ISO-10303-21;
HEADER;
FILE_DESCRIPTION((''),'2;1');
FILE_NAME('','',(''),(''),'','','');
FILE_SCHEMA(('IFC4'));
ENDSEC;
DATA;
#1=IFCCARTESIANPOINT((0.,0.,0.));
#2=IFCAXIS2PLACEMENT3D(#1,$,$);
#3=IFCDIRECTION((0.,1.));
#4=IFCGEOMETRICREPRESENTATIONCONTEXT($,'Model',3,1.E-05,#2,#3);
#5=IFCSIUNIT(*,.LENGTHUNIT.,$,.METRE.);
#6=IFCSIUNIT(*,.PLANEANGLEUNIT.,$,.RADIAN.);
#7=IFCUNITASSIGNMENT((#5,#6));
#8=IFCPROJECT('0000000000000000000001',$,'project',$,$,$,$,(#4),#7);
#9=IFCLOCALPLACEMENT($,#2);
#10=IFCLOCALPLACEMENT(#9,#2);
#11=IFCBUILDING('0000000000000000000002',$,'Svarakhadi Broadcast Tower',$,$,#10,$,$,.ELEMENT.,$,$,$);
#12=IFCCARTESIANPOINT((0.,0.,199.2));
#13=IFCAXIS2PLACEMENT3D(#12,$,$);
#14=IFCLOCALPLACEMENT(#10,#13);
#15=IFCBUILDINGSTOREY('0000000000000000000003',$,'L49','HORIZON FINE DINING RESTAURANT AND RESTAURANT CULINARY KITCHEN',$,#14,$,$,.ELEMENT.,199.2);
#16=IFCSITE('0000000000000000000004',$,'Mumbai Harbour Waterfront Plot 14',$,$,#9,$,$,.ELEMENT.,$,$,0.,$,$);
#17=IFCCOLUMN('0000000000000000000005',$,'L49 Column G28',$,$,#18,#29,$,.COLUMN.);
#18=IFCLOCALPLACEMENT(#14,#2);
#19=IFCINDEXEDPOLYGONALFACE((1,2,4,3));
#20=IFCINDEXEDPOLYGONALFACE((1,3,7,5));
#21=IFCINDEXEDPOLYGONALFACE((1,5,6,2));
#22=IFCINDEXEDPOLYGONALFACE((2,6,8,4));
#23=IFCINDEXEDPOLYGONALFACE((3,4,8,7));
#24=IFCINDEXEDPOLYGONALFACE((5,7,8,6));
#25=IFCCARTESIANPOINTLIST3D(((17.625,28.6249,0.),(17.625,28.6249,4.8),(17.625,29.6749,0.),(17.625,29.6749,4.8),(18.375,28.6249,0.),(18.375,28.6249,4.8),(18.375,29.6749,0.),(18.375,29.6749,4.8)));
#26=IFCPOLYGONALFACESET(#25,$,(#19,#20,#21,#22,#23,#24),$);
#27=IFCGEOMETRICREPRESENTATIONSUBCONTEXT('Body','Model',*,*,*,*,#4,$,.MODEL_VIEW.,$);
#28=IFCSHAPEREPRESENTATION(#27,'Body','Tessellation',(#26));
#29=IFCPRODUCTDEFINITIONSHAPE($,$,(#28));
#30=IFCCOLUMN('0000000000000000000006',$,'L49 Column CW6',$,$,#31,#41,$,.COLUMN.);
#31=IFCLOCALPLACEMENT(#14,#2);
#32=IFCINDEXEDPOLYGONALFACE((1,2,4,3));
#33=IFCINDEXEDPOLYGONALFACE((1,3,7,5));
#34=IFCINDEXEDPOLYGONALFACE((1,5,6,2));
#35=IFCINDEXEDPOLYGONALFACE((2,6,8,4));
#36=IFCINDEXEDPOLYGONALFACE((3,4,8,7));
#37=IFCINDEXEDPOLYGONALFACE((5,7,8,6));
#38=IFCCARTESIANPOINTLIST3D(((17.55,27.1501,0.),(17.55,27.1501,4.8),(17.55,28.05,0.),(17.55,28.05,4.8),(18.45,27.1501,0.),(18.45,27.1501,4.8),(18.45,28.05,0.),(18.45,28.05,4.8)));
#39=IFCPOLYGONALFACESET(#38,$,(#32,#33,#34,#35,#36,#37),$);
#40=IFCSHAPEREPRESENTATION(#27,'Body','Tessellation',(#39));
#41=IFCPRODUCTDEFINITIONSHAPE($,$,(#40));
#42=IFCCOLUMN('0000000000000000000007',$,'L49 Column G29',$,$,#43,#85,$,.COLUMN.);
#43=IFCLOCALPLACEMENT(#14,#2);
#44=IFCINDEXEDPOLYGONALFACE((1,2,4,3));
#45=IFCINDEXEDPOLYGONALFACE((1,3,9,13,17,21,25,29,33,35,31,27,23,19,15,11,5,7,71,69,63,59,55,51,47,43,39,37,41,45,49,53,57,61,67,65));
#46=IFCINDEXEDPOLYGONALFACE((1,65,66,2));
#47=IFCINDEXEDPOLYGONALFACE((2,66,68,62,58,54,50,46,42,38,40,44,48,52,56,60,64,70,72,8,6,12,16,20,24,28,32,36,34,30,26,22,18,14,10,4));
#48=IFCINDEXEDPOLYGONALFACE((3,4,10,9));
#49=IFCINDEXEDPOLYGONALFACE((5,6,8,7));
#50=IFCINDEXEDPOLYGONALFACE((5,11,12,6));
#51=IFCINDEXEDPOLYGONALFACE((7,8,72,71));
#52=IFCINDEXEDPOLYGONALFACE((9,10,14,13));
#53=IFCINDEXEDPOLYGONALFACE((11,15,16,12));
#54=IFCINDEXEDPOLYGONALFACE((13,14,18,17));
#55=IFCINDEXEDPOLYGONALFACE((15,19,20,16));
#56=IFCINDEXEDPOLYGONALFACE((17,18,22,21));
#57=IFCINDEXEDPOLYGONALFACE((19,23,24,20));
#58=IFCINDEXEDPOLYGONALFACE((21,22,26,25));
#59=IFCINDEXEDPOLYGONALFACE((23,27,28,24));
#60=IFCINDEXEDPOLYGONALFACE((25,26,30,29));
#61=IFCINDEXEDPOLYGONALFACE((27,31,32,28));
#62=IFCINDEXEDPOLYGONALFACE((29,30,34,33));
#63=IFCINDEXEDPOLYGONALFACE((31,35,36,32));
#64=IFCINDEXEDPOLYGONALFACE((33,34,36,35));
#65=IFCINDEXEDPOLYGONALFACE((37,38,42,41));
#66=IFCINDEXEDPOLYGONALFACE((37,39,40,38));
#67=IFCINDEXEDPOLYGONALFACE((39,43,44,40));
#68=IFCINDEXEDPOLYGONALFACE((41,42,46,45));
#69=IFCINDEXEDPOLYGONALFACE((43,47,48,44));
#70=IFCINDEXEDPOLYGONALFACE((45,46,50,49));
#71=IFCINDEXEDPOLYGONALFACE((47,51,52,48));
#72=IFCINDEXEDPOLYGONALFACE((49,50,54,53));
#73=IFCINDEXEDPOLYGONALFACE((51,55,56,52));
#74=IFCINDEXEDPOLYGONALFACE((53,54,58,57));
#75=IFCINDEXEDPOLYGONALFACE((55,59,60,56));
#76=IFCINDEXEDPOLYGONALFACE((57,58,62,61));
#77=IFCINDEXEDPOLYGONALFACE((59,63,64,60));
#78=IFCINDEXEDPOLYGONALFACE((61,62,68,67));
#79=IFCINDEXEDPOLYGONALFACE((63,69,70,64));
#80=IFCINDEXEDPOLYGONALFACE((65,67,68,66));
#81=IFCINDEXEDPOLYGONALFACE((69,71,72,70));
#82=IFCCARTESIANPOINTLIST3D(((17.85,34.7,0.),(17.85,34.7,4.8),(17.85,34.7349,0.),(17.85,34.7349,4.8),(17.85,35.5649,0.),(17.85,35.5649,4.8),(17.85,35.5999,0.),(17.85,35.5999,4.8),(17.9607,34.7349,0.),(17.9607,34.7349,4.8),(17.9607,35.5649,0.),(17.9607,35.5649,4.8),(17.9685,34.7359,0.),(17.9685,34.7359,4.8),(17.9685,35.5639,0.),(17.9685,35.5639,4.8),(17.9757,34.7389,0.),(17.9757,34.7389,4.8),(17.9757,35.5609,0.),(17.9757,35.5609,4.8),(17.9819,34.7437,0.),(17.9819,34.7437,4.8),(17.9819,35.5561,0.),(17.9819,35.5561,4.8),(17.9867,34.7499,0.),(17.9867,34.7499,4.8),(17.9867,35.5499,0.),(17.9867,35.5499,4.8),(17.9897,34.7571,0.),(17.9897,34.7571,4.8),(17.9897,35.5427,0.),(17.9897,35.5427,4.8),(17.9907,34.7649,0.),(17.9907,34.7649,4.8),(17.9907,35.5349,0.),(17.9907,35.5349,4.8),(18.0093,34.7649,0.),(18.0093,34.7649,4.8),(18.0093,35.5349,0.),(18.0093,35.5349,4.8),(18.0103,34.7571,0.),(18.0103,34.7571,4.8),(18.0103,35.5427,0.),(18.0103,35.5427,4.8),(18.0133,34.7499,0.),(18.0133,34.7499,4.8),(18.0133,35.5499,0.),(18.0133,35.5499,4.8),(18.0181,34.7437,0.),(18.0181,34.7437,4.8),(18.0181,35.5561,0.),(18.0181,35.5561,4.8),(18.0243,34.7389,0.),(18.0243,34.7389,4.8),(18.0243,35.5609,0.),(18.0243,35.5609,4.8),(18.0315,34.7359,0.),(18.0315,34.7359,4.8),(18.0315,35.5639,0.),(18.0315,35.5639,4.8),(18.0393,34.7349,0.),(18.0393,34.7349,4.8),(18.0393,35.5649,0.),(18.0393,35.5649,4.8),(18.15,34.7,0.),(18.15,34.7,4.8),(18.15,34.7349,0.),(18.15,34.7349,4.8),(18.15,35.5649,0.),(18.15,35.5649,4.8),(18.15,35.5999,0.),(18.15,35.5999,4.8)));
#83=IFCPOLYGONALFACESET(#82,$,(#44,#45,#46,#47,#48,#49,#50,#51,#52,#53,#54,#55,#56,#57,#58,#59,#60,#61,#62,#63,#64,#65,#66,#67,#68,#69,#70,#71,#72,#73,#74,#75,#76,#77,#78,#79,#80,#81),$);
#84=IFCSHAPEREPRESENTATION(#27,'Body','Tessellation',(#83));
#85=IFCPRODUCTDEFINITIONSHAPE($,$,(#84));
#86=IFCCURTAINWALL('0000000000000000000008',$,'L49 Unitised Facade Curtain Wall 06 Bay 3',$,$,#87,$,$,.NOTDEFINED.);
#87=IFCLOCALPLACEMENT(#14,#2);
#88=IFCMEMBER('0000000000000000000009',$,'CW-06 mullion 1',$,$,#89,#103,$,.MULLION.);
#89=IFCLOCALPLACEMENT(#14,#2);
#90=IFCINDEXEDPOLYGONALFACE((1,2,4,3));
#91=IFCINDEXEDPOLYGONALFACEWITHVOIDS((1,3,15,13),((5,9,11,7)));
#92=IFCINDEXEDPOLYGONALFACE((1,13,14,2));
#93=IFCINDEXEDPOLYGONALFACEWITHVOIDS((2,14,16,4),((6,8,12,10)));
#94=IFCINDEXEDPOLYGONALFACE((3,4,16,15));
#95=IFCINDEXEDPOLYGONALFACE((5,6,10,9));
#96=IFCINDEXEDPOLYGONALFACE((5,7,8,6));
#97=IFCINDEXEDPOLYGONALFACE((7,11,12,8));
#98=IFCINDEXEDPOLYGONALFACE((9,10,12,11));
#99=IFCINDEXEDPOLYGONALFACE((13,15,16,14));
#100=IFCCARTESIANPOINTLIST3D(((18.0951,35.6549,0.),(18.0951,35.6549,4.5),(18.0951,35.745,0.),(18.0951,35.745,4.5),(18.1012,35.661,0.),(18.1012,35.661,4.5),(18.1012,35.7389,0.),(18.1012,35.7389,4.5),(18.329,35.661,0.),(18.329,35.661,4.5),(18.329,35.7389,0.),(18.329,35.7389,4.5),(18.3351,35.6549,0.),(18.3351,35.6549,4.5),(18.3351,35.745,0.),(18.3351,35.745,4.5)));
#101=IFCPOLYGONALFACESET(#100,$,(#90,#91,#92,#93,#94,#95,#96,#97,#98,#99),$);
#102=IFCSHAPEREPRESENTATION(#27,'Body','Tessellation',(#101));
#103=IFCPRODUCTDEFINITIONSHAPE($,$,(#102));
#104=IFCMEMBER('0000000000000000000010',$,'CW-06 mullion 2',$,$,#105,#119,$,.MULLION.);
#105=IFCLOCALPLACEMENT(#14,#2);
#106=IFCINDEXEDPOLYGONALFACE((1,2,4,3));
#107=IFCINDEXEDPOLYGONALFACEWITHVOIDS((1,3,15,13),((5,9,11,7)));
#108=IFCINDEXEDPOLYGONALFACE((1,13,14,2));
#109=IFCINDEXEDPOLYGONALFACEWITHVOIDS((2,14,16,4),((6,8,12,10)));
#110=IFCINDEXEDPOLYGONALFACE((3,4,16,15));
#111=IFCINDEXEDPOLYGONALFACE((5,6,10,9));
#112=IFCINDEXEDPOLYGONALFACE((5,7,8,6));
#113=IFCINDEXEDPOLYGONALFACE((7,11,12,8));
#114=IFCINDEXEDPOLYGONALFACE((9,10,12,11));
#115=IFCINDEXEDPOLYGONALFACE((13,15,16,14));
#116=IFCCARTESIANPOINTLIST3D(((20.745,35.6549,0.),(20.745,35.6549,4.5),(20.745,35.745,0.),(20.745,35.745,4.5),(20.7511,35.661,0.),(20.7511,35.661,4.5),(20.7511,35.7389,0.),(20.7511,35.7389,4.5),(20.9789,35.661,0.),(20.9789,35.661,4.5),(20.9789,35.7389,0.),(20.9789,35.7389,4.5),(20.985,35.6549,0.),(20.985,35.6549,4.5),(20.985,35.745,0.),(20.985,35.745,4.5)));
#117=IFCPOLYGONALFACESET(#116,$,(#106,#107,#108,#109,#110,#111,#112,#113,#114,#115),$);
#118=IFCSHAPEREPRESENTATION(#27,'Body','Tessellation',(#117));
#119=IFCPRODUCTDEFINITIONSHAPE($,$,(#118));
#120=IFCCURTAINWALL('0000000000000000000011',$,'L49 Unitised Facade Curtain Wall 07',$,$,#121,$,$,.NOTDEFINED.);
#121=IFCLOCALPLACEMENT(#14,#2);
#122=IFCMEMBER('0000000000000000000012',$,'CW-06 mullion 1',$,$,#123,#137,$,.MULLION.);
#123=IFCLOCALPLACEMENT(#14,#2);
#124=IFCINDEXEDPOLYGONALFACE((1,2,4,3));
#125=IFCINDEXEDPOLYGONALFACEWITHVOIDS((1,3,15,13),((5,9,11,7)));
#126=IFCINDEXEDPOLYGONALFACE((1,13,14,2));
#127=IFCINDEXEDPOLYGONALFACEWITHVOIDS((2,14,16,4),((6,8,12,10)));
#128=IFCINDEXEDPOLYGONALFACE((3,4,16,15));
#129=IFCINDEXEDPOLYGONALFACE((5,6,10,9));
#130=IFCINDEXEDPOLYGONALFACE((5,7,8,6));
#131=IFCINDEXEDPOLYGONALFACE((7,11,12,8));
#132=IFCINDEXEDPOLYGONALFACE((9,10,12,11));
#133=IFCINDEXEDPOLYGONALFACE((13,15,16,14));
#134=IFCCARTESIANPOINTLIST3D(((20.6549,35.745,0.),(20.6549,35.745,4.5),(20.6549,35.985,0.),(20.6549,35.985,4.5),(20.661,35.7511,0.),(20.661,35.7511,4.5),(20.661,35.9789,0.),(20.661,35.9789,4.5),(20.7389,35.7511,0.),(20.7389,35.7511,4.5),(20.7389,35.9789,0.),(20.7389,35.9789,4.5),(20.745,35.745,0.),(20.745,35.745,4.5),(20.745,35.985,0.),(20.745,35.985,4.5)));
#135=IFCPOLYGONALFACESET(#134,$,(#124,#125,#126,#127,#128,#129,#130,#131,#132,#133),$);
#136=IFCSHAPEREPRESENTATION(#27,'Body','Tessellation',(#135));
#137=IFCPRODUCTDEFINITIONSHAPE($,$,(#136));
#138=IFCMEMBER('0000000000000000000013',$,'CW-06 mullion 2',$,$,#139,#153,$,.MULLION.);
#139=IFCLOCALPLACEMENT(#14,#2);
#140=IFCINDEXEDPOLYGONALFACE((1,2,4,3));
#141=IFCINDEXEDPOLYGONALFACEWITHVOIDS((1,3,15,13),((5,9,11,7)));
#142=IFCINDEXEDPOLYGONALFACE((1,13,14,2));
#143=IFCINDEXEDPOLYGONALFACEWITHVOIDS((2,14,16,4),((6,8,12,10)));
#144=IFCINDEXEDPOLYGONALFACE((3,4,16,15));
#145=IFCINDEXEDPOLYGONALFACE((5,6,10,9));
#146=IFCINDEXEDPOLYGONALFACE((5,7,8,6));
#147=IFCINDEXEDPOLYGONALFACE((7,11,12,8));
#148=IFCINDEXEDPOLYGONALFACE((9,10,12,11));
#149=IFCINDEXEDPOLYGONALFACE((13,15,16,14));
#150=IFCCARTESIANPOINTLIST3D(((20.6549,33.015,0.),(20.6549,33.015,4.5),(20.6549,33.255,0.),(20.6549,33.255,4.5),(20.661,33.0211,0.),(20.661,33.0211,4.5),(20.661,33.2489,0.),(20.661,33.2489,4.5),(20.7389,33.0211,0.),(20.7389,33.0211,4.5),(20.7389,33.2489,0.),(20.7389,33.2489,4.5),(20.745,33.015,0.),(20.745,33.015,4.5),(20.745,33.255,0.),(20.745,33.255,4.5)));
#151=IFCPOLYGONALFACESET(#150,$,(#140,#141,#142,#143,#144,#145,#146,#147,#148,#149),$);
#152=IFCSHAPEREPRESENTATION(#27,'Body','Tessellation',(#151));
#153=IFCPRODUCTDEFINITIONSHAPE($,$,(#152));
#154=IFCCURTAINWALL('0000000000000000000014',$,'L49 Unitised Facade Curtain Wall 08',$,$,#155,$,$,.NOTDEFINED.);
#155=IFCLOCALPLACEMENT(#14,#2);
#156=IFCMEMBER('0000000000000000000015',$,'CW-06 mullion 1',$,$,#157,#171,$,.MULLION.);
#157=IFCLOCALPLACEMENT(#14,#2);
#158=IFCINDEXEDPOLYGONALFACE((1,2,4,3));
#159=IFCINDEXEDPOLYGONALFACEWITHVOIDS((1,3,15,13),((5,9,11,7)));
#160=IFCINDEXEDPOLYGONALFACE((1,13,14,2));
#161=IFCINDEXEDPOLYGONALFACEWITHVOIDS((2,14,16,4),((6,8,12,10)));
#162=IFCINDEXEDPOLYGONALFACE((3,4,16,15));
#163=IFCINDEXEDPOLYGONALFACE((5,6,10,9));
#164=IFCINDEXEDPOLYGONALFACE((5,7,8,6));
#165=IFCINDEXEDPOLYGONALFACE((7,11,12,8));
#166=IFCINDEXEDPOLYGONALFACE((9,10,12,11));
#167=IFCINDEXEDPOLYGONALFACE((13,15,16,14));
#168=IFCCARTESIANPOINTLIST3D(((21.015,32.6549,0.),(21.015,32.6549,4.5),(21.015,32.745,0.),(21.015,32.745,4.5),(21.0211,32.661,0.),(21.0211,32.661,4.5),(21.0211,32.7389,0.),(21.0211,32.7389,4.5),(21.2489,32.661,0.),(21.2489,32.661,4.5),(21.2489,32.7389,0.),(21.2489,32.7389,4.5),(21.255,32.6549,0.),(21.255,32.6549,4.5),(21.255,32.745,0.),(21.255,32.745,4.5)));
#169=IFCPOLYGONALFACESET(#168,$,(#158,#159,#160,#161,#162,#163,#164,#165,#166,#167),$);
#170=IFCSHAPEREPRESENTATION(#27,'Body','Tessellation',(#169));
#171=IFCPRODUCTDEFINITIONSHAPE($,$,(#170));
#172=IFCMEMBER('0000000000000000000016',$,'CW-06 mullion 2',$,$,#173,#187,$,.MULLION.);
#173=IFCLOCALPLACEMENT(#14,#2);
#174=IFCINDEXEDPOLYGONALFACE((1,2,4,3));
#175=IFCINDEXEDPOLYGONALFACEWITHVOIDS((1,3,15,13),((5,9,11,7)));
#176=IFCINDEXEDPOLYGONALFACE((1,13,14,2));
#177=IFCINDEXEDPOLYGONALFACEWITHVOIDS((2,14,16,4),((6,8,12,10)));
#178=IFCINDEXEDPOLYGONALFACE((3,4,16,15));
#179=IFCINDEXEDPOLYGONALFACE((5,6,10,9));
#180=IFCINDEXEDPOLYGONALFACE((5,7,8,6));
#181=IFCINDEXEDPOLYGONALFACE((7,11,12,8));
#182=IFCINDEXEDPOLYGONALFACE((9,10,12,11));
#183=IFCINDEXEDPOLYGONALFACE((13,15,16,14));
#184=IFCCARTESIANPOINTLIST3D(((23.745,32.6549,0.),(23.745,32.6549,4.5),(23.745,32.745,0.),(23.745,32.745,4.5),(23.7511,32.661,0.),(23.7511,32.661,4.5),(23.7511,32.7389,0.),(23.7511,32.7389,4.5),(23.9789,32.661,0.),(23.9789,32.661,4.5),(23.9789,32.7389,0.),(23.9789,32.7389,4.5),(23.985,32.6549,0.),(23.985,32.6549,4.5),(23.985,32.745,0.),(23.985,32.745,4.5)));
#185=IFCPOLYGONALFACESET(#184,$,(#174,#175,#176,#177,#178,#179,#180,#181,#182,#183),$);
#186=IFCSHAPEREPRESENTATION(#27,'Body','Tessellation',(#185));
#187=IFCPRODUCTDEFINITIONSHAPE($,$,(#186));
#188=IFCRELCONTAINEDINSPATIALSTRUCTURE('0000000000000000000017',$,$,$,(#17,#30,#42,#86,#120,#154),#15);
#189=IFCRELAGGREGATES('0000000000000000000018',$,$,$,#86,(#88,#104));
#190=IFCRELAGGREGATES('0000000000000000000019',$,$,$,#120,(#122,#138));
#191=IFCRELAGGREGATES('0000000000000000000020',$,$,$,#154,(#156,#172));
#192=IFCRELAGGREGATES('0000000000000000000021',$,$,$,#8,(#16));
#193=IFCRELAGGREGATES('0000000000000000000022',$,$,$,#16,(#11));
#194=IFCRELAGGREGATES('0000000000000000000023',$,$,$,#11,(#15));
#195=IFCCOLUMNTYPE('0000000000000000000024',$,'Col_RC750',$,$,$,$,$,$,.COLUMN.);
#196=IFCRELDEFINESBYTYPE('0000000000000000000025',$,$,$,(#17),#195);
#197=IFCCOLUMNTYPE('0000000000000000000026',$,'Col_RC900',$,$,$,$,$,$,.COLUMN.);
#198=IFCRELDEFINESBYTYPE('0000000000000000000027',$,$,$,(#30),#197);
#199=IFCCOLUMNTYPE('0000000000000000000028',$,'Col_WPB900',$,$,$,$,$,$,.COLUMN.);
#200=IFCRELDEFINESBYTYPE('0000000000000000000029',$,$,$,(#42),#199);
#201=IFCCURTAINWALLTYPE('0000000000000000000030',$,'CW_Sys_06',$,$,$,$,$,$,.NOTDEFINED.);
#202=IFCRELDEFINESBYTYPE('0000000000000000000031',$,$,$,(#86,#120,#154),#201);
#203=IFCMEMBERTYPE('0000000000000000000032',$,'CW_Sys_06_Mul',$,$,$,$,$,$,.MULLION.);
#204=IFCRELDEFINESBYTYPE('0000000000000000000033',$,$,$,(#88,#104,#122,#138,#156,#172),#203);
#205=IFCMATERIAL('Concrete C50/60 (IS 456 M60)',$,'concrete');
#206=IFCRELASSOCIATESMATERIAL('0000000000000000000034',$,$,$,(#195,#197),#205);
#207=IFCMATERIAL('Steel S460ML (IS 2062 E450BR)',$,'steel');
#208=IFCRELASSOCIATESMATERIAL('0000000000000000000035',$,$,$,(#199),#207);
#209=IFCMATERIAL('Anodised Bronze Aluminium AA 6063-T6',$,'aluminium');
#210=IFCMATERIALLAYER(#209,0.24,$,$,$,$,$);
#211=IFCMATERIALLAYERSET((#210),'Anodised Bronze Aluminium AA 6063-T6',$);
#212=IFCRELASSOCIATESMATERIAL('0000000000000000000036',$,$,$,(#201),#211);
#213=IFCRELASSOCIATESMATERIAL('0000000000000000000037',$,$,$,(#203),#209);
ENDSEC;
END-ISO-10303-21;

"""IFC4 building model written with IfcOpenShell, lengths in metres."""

from ifc_helpers import new_model, si_unit, direction, frame, origin, origin_2d, place, context, subcontext, project, spatial, rectangle, hollow_rectangle, i_section, extrude, material, layer, layer_set, material_profile, profile_set, type_object, element, aggregate, save


model = new_model("IFC4")

# Units and contexts
model_context = context("Model", 3, precision=1e-05, world=origin(), true_north=direction((0.0, 1.0)))
body_context = subcontext(model_context, "Body", "Model", "MODEL_VIEW")
ifc_project = project(units=[si_unit("LENGTHUNIT", "METRE"), si_unit("PLANEANGLEUNIT", "RADIAN")], contexts=[model_context])

# Site, building, storey
site_placement = place(None, origin())
site = spatial("IfcSite", under=ifc_project, at=site_placement, Name="Mumbai Harbour Waterfront Plot 14", CompositionType="ELEMENT", RefElevation=0.0)
building_placement = place(site_placement, origin())
building = spatial("IfcBuilding", under=site, at=building_placement, Name="Svarakhadi Broadcast Tower", CompositionType="ELEMENT")
storey_placement = place(building_placement, frame((0.0, 0.0, 199.2)))
storey = spatial("IfcBuildingStorey", under=building, at=storey_placement, Name="L49", Description="HORIZON FINE DINING RESTAURANT AND RESTAURANT CULINARY KITCHEN", CompositionType="ELEMENT", Elevation=199.2)

# Columns
ifc_material_1 = material(Name="Concrete C50/60 (IS 456 M60)", Category="concrete")
ifc_material_profile_1 = material_profile(ifc_material_1, rectangle(XDim=0.75, YDim=1.05, at=origin_2d()), Name="RC 750x1050")
ifc_profile_set_1 = profile_set([ifc_material_profile_1], Name="Concrete C50/60 (IS 456 M60)")
column_type_1 = type_object("IfcColumnType", Name="Col_RC750", PredefinedType="COLUMN", material=ifc_profile_set_1)
column_1_placement = place(storey_placement, frame((18.0, 29.1499, 0.0), z_axis=(0.0, 0.0, 1.0), x_axis=(1.0, 0.0, 0.0)))
element("IfcColumn", 1, at=column_1_placement, inside=storey, type_object=column_type_1, Name="L49 Column G28", PredefinedType="COLUMN", context=body_context, shape_type="SweptSolid", body=[
    extrude(rectangle(XDim=0.75, YDim=1.05, at=origin_2d()), origin(), (0.0, 0.0, 1.0), 4.8),
])
ifc_material_profile_2 = material_profile(ifc_material_1, rectangle(XDim=0.8999, YDim=0.8999, at=origin_2d()), Name="RC 900x900")
ifc_profile_set_2 = profile_set([ifc_material_profile_2], Name="Concrete C50/60 (IS 456 M60)")
column_type_2 = type_object("IfcColumnType", Name="Col_RC900", PredefinedType="COLUMN", material=ifc_profile_set_2)
column_2_placement = place(storey_placement, frame((18.0, 27.6001, 0.0), z_axis=(0.0, 0.0, 1.0), x_axis=(1.0, 0.0, 0.0)))
element("IfcColumn", 2, at=column_2_placement, inside=storey, type_object=column_type_2, Name="L49 Column CW6", PredefinedType="COLUMN", context=body_context, shape_type="SweptSolid", body=[
    extrude(rectangle(XDim=0.8999, YDim=0.8999, at=origin_2d()), origin(), (0.0, 0.0, 1.0), 4.8),
])
ifc_material_2 = material(Name="Steel S460ML (IS 2062 E450BR)", Category="steel")
ifc_material_profile_3 = material_profile(ifc_material_2, i_section(OverallWidth=0.3, OverallDepth=0.8999, WebThickness=0.0186, FlangeThickness=0.0349, FilletRadius=0.03, at=origin_2d()), Name="WPB 900x300x291")
ifc_profile_set_3 = profile_set([ifc_material_profile_3], Name="Steel S460ML (IS 2062 E450BR)")
column_type_3 = type_object("IfcColumnType", Name="Col_WPB900", PredefinedType="COLUMN", material=ifc_profile_set_3)
column_3_placement = place(storey_placement, frame((18.0, 35.1499, 0.0), z_axis=(0.0, 0.0, 1.0), x_axis=(1.0, 0.0, 0.0)))
element("IfcColumn", 3, at=column_3_placement, inside=storey, type_object=column_type_3, Name="L49 Column G29", PredefinedType="COLUMN", context=body_context, shape_type="SweptSolid", body=[
    extrude(i_section(OverallWidth=0.3, OverallDepth=0.8999, WebThickness=0.0186, FlangeThickness=0.0349, FilletRadius=0.03, at=origin_2d()), origin(), (0.0, 0.0, 1.0), 4.8),
])

# Curtain walls, members
ifc_material_3 = material(Name="Anodised Bronze Aluminium AA 6063-T6", Category="aluminium")
ifc_layer_1 = layer(ifc_material_3, 0.24)
ifc_layer_set_1 = layer_set([ifc_layer_1], Name="Anodised Bronze Aluminium AA 6063-T6")
curtain_wall_type = type_object("IfcCurtainWallType", Name="CW_Sys_06", PredefinedType="NOTDEFINED", material=ifc_layer_set_1)
curtain_wall_1_placement = place(storey_placement, origin())
curtain_wall_1 = element("IfcCurtainWall", 4, at=curtain_wall_1_placement, inside=storey, type_object=curtain_wall_type, Name="L49 Unitised Facade Curtain Wall 06 Bay 3", PredefinedType="NOTDEFINED")
ifc_material_profile_4 = material_profile(ifc_material_3, hollow_rectangle(XDim=0.0901, YDim=0.24, WallThickness=0.0061, at=origin_2d()), Name="ALU MULLION 240x90x6")
ifc_profile_set_4 = profile_set([ifc_material_profile_4], Name="Anodised Bronze Aluminium AA 6063-T6")
member_type_1 = type_object("IfcMemberType", Name="CW_Sys_06_Mul", PredefinedType="MULLION", material=ifc_profile_set_4)
member_1_placement = place(storey_placement, frame((18.2151, 35.7, 0.0), z_axis=(0.0, 0.0, 1.0), x_axis=(0.0, 1.0, 0.0)))
member_1 = element("IfcMember", 5, at=member_1_placement, type_object=member_type_1, Name="CW-06 mullion 1", PredefinedType="MULLION", context=body_context, shape_type="SweptSolid", body=[
    extrude(hollow_rectangle(XDim=0.0901, YDim=0.24, WallThickness=0.0061, at=origin_2d()), origin(), (0.0, 0.0, 1.0), 4.5),
])
member_2_placement = place(storey_placement, frame((20.865, 35.7, 0.0), z_axis=(0.0, 0.0, 1.0), x_axis=(0.0, 1.0, 0.0)))
member_2 = element("IfcMember", 6, at=member_2_placement, type_object=member_type_1, Name="CW-06 mullion 2", PredefinedType="MULLION", context=body_context, shape_type="SweptSolid", body=[
    extrude(hollow_rectangle(XDim=0.0901, YDim=0.24, WallThickness=0.0061, at=origin_2d()), origin(), (0.0, 0.0, 1.0), 4.5),
])
curtain_wall_2_placement = place(storey_placement, origin())
curtain_wall_2 = element("IfcCurtainWall", 7, at=curtain_wall_2_placement, inside=storey, type_object=curtain_wall_type, Name="L49 Unitised Facade Curtain Wall 07", PredefinedType="NOTDEFINED")
member_3_placement = place(storey_placement, frame((20.7, 35.865, 0.0), z_axis=(0.0, 0.0, 1.0), x_axis=(1.0, 0.0, 0.0)))
member_3 = element("IfcMember", 8, at=member_3_placement, type_object=member_type_1, Name="CW-06 mullion 1", PredefinedType="MULLION", context=body_context, shape_type="SweptSolid", body=[
    extrude(hollow_rectangle(XDim=0.0901, YDim=0.24, WallThickness=0.0061, at=origin_2d()), origin(), (0.0, 0.0, 1.0), 4.5),
])
member_4_placement = place(storey_placement, frame((20.7, 33.135, 0.0), z_axis=(0.0, 0.0, 1.0), x_axis=(1.0, 0.0, 0.0)))
member_4 = element("IfcMember", 9, at=member_4_placement, type_object=member_type_1, Name="CW-06 mullion 2", PredefinedType="MULLION", context=body_context, shape_type="SweptSolid", body=[
    extrude(hollow_rectangle(XDim=0.0901, YDim=0.24, WallThickness=0.0061, at=origin_2d()), origin(), (0.0, 0.0, 1.0), 4.5),
])
curtain_wall_3_placement = place(storey_placement, origin())
curtain_wall_3 = element("IfcCurtainWall", 10, at=curtain_wall_3_placement, inside=storey, type_object=curtain_wall_type, Name="L49 Unitised Facade Curtain Wall 08", PredefinedType="NOTDEFINED")
member_5_placement = place(storey_placement, frame((21.135, 32.7, 0.0), z_axis=(0.0, 0.0, 1.0), x_axis=(0.0, 1.0, 0.0)))
member_5 = element("IfcMember", 11, at=member_5_placement, type_object=member_type_1, Name="CW-06 mullion 1", PredefinedType="MULLION", context=body_context, shape_type="SweptSolid", body=[
    extrude(hollow_rectangle(XDim=0.0901, YDim=0.24, WallThickness=0.0061, at=origin_2d()), origin(), (0.0, 0.0, 1.0), 4.5),
])
member_6_placement = place(storey_placement, frame((23.865, 32.7, 0.0), z_axis=(0.0, 0.0, 1.0), x_axis=(0.0, 1.0, 0.0)))
member_6 = element("IfcMember", 12, at=member_6_placement, type_object=member_type_1, Name="CW-06 mullion 2", PredefinedType="MULLION", context=body_context, shape_type="SweptSolid", body=[
    extrude(hollow_rectangle(XDim=0.0901, YDim=0.24, WallThickness=0.0061, at=origin_2d()), origin(), (0.0, 0.0, 1.0), 4.5),
])

aggregate(curtain_wall_1, [member_1, member_2])
aggregate(curtain_wall_2, [member_3, member_4])
aggregate(curtain_wall_3, [member_5, member_6])

save(model, "model.ifc")
